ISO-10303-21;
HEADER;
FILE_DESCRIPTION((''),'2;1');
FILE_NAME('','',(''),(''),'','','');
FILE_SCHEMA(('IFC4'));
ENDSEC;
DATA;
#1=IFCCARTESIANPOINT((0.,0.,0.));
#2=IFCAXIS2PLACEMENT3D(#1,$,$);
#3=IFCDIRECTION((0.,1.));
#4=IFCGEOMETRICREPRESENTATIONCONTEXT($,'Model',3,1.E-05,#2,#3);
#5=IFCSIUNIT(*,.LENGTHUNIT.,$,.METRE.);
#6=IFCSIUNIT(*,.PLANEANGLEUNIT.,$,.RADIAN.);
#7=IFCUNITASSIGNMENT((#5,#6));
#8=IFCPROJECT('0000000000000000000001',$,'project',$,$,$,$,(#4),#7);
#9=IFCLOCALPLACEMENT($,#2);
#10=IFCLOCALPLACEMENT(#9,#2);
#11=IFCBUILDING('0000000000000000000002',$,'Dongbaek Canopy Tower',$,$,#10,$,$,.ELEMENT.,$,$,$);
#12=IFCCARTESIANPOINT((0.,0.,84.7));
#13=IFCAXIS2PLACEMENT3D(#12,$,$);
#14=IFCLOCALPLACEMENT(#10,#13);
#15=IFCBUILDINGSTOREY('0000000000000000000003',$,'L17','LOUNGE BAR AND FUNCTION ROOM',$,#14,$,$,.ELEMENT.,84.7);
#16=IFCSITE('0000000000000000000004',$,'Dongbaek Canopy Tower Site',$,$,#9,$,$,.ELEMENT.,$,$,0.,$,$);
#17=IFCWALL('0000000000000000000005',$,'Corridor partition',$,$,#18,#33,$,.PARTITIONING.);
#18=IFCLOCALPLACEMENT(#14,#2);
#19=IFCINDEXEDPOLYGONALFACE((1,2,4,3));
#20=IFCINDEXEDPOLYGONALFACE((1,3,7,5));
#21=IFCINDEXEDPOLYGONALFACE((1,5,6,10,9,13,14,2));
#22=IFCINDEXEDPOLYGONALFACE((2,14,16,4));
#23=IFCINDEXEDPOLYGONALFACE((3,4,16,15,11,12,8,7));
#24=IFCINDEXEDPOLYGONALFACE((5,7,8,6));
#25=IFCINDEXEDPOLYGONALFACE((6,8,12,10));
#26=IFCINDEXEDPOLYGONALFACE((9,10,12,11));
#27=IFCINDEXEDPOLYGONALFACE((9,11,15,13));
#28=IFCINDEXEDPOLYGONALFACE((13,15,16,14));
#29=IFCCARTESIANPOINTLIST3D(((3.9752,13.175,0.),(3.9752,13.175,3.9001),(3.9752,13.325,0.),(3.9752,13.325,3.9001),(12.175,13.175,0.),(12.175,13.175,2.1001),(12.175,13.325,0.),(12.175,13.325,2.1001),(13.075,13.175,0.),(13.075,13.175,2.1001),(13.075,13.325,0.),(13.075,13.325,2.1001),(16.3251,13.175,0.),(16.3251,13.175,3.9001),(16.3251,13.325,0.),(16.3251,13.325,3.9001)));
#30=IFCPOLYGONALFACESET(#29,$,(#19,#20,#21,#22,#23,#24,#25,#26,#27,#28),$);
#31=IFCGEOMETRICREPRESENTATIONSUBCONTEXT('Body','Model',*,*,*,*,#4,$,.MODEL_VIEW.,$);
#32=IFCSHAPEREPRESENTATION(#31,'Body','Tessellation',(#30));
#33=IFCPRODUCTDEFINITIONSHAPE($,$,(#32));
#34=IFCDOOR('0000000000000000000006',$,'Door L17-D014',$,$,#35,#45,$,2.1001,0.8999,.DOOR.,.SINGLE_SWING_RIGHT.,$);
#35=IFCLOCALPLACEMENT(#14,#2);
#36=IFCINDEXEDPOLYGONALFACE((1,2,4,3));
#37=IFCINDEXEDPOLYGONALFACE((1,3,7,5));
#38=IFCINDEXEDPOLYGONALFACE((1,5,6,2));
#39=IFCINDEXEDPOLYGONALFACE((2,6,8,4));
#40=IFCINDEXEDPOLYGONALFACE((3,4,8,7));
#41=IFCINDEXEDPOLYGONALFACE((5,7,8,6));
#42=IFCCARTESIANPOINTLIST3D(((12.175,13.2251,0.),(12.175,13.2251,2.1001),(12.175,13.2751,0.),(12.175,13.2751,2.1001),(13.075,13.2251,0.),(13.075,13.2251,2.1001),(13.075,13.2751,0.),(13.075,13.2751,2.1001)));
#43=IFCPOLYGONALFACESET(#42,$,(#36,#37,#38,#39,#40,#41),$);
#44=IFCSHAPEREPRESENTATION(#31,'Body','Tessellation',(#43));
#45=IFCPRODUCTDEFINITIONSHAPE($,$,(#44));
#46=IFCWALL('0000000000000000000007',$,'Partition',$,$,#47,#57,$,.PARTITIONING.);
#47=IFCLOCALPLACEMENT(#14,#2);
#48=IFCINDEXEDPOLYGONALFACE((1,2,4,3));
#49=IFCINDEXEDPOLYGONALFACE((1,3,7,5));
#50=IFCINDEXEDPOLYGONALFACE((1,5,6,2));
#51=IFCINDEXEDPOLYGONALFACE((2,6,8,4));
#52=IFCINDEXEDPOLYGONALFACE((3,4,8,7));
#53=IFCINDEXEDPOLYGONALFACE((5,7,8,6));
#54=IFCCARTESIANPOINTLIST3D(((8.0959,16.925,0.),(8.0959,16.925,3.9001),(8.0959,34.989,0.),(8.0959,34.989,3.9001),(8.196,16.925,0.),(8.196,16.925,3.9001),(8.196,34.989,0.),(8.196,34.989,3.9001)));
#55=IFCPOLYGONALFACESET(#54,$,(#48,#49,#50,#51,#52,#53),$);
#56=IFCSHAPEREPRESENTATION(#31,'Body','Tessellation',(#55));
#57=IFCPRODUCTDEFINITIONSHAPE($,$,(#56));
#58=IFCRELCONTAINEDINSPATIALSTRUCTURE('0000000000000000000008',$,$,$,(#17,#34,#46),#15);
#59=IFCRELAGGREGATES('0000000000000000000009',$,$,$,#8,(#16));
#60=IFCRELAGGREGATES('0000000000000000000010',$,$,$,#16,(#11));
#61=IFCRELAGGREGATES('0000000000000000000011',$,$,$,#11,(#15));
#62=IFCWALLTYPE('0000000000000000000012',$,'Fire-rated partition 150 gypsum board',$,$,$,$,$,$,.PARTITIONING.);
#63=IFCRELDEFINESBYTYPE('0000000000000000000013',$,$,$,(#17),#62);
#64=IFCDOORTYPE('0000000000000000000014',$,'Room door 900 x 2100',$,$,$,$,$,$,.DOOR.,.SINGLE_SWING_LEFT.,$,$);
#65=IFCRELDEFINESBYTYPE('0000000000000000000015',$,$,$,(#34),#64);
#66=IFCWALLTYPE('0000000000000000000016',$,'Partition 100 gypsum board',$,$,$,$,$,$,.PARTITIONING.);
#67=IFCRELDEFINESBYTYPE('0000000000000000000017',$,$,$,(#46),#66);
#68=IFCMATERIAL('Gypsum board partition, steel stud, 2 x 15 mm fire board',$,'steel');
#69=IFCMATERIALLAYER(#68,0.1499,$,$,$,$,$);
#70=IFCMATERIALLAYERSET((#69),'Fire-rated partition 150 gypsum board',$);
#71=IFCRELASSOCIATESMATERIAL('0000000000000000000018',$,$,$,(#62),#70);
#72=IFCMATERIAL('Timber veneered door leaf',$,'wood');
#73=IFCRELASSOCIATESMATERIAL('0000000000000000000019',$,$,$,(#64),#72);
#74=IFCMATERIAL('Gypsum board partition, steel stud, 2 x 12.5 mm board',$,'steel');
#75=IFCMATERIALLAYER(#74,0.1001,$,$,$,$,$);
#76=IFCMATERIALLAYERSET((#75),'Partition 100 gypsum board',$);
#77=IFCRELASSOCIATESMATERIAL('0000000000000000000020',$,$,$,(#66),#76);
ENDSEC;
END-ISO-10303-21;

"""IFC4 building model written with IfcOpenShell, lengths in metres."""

from ifc_helpers import new_model, si_unit, direction, frame, frame_2d, origin, place, context, subcontext, project, spatial, rectangle, extrude, material, layer, layer_set, type_object, element, fill, save


model = new_model("IFC4")

# Units and contexts
model_context = context("Model", 3, precision=1e-05, world=origin(), true_north=direction((0.0, 1.0)))
body_context = subcontext(model_context, "Body", "Model", "MODEL_VIEW")
ifc_project = project(units=[si_unit("LENGTHUNIT", "METRE"), si_unit("PLANEANGLEUNIT", "RADIAN")], contexts=[model_context])

# Site, building, storey
site_placement = place(None, origin())
site = spatial("IfcSite", under=ifc_project, at=site_placement, Name="Dongbaek Canopy Tower Site", CompositionType="ELEMENT", RefElevation=0.0)
building_placement = place(site_placement, origin())
building = spatial("IfcBuilding", under=site, at=building_placement, Name="Dongbaek Canopy Tower", CompositionType="ELEMENT")
storey_placement = place(building_placement, frame((0.0, 0.0, 84.7)))
storey = spatial("IfcBuildingStorey", under=building, at=storey_placement, Name="L17", Description="LOUNGE BAR AND FUNCTION ROOM", CompositionType="ELEMENT", Elevation=84.7)

# Shared definitions
ifc_material_1 = material(Name="Gypsum board partition, steel stud, 2 x 15 mm fire board", Category="steel")
ifc_layer_1 = layer(ifc_material_1, 0.1499)
ifc_layer_set_1 = layer_set([ifc_layer_1], Name="Fire-rated partition 150 gypsum board")
wall_type_1 = type_object("IfcWallType", Name="Fire-rated partition 150 gypsum board", PredefinedType="PARTITIONING", material=ifc_layer_set_1)
ifc_material_2 = material(Name="Timber veneered door leaf", Category="wood")
door_type = type_object("IfcDoorType", Name="Room door 900 x 2100", OperationType="SINGLE_SWING_LEFT", PredefinedType="DOOR", material=ifc_material_2)

# Wall, opening, door
wall_1_placement = place(storey_placement, frame((16.325, 13.25, 0.0), z_axis=(0.0, 0.0, 1.0), x_axis=(-1.0, 0.0, 0.0)))
wall_1 = element("IfcWall", 1, at=wall_1_placement, inside=storey, type_object=wall_type_1, Name="Corridor partition", PredefinedType="PARTITIONING", context=body_context, shape_type="SweptSolid", body=[
    extrude(rectangle(XDim=12.3499, YDim=0.1499, at=frame_2d((6.1748, 0.0))), origin(), (0.0, 0.0, 1.0), 3.9001),
])
opening_1_placement = place(wall_1_placement, frame((3.25, 0.0, 0.0)))
opening_1 = element("IfcOpeningElement", 2, at=opening_1_placement, cuts=wall_1, PredefinedType="OPENING", context=body_context, shape_type="SweptSolid", body=[
    extrude(rectangle(XDim=0.8999, YDim=2.1001, at=frame_2d((0.45, 1.05))), frame((0.0, 0.085, 0.0), z_axis=(0.0, -1.0, 0.0), x_axis=(1.0, 0.0, 0.0)), (0.0, 0.0, 1.0), 0.1699),
])
door_1_placement = place(opening_1_placement, origin())
door_1 = element("IfcDoor", 3, at=door_1_placement, inside=storey, type_object=door_type, Name="Door L17-D014", OperationType="SINGLE_SWING_RIGHT", OverallHeight=2.1001, OverallWidth=0.8999, PredefinedType="DOOR", context=body_context, shape_type="SweptSolid", body=[
    extrude(rectangle(XDim=0.8999, YDim=2.1001, at=frame_2d((0.45, 1.05))), frame((0.0, 0.0249, 0.0), z_axis=(0.0, -1.0, 0.0), x_axis=(1.0, 0.0, 0.0)), (0.0, 0.0, 1.0), 0.05),
])
fill(opening_1, door_1)

# Wall
ifc_material_3 = material(Name="Gypsum board partition, steel stud, 2 x 12.5 mm board", Category="steel")
ifc_layer_2 = layer(ifc_material_3, 0.1001)
ifc_layer_set_2 = layer_set([ifc_layer_2], Name="Partition 100 gypsum board")
wall_type_2 = type_object("IfcWallType", Name="Partition 100 gypsum board", PredefinedType="PARTITIONING", material=ifc_layer_set_2)
wall_2_placement = place(storey_placement, frame((8.146, 16.925, 0.0), z_axis=(0.0, 0.0, 1.0), x_axis=(0.0, 1.0, 0.0)))
element("IfcWall", 4, at=wall_2_placement, inside=storey, type_object=wall_type_2, Name="Partition", PredefinedType="PARTITIONING", context=body_context, shape_type="SweptSolid", body=[
    extrude(rectangle(XDim=18.064, YDim=0.1001, at=frame_2d((9.032, 0.0))), origin(), (0.0, 0.0, 1.0), 3.9001),
])

save(model, "model.ifc")
